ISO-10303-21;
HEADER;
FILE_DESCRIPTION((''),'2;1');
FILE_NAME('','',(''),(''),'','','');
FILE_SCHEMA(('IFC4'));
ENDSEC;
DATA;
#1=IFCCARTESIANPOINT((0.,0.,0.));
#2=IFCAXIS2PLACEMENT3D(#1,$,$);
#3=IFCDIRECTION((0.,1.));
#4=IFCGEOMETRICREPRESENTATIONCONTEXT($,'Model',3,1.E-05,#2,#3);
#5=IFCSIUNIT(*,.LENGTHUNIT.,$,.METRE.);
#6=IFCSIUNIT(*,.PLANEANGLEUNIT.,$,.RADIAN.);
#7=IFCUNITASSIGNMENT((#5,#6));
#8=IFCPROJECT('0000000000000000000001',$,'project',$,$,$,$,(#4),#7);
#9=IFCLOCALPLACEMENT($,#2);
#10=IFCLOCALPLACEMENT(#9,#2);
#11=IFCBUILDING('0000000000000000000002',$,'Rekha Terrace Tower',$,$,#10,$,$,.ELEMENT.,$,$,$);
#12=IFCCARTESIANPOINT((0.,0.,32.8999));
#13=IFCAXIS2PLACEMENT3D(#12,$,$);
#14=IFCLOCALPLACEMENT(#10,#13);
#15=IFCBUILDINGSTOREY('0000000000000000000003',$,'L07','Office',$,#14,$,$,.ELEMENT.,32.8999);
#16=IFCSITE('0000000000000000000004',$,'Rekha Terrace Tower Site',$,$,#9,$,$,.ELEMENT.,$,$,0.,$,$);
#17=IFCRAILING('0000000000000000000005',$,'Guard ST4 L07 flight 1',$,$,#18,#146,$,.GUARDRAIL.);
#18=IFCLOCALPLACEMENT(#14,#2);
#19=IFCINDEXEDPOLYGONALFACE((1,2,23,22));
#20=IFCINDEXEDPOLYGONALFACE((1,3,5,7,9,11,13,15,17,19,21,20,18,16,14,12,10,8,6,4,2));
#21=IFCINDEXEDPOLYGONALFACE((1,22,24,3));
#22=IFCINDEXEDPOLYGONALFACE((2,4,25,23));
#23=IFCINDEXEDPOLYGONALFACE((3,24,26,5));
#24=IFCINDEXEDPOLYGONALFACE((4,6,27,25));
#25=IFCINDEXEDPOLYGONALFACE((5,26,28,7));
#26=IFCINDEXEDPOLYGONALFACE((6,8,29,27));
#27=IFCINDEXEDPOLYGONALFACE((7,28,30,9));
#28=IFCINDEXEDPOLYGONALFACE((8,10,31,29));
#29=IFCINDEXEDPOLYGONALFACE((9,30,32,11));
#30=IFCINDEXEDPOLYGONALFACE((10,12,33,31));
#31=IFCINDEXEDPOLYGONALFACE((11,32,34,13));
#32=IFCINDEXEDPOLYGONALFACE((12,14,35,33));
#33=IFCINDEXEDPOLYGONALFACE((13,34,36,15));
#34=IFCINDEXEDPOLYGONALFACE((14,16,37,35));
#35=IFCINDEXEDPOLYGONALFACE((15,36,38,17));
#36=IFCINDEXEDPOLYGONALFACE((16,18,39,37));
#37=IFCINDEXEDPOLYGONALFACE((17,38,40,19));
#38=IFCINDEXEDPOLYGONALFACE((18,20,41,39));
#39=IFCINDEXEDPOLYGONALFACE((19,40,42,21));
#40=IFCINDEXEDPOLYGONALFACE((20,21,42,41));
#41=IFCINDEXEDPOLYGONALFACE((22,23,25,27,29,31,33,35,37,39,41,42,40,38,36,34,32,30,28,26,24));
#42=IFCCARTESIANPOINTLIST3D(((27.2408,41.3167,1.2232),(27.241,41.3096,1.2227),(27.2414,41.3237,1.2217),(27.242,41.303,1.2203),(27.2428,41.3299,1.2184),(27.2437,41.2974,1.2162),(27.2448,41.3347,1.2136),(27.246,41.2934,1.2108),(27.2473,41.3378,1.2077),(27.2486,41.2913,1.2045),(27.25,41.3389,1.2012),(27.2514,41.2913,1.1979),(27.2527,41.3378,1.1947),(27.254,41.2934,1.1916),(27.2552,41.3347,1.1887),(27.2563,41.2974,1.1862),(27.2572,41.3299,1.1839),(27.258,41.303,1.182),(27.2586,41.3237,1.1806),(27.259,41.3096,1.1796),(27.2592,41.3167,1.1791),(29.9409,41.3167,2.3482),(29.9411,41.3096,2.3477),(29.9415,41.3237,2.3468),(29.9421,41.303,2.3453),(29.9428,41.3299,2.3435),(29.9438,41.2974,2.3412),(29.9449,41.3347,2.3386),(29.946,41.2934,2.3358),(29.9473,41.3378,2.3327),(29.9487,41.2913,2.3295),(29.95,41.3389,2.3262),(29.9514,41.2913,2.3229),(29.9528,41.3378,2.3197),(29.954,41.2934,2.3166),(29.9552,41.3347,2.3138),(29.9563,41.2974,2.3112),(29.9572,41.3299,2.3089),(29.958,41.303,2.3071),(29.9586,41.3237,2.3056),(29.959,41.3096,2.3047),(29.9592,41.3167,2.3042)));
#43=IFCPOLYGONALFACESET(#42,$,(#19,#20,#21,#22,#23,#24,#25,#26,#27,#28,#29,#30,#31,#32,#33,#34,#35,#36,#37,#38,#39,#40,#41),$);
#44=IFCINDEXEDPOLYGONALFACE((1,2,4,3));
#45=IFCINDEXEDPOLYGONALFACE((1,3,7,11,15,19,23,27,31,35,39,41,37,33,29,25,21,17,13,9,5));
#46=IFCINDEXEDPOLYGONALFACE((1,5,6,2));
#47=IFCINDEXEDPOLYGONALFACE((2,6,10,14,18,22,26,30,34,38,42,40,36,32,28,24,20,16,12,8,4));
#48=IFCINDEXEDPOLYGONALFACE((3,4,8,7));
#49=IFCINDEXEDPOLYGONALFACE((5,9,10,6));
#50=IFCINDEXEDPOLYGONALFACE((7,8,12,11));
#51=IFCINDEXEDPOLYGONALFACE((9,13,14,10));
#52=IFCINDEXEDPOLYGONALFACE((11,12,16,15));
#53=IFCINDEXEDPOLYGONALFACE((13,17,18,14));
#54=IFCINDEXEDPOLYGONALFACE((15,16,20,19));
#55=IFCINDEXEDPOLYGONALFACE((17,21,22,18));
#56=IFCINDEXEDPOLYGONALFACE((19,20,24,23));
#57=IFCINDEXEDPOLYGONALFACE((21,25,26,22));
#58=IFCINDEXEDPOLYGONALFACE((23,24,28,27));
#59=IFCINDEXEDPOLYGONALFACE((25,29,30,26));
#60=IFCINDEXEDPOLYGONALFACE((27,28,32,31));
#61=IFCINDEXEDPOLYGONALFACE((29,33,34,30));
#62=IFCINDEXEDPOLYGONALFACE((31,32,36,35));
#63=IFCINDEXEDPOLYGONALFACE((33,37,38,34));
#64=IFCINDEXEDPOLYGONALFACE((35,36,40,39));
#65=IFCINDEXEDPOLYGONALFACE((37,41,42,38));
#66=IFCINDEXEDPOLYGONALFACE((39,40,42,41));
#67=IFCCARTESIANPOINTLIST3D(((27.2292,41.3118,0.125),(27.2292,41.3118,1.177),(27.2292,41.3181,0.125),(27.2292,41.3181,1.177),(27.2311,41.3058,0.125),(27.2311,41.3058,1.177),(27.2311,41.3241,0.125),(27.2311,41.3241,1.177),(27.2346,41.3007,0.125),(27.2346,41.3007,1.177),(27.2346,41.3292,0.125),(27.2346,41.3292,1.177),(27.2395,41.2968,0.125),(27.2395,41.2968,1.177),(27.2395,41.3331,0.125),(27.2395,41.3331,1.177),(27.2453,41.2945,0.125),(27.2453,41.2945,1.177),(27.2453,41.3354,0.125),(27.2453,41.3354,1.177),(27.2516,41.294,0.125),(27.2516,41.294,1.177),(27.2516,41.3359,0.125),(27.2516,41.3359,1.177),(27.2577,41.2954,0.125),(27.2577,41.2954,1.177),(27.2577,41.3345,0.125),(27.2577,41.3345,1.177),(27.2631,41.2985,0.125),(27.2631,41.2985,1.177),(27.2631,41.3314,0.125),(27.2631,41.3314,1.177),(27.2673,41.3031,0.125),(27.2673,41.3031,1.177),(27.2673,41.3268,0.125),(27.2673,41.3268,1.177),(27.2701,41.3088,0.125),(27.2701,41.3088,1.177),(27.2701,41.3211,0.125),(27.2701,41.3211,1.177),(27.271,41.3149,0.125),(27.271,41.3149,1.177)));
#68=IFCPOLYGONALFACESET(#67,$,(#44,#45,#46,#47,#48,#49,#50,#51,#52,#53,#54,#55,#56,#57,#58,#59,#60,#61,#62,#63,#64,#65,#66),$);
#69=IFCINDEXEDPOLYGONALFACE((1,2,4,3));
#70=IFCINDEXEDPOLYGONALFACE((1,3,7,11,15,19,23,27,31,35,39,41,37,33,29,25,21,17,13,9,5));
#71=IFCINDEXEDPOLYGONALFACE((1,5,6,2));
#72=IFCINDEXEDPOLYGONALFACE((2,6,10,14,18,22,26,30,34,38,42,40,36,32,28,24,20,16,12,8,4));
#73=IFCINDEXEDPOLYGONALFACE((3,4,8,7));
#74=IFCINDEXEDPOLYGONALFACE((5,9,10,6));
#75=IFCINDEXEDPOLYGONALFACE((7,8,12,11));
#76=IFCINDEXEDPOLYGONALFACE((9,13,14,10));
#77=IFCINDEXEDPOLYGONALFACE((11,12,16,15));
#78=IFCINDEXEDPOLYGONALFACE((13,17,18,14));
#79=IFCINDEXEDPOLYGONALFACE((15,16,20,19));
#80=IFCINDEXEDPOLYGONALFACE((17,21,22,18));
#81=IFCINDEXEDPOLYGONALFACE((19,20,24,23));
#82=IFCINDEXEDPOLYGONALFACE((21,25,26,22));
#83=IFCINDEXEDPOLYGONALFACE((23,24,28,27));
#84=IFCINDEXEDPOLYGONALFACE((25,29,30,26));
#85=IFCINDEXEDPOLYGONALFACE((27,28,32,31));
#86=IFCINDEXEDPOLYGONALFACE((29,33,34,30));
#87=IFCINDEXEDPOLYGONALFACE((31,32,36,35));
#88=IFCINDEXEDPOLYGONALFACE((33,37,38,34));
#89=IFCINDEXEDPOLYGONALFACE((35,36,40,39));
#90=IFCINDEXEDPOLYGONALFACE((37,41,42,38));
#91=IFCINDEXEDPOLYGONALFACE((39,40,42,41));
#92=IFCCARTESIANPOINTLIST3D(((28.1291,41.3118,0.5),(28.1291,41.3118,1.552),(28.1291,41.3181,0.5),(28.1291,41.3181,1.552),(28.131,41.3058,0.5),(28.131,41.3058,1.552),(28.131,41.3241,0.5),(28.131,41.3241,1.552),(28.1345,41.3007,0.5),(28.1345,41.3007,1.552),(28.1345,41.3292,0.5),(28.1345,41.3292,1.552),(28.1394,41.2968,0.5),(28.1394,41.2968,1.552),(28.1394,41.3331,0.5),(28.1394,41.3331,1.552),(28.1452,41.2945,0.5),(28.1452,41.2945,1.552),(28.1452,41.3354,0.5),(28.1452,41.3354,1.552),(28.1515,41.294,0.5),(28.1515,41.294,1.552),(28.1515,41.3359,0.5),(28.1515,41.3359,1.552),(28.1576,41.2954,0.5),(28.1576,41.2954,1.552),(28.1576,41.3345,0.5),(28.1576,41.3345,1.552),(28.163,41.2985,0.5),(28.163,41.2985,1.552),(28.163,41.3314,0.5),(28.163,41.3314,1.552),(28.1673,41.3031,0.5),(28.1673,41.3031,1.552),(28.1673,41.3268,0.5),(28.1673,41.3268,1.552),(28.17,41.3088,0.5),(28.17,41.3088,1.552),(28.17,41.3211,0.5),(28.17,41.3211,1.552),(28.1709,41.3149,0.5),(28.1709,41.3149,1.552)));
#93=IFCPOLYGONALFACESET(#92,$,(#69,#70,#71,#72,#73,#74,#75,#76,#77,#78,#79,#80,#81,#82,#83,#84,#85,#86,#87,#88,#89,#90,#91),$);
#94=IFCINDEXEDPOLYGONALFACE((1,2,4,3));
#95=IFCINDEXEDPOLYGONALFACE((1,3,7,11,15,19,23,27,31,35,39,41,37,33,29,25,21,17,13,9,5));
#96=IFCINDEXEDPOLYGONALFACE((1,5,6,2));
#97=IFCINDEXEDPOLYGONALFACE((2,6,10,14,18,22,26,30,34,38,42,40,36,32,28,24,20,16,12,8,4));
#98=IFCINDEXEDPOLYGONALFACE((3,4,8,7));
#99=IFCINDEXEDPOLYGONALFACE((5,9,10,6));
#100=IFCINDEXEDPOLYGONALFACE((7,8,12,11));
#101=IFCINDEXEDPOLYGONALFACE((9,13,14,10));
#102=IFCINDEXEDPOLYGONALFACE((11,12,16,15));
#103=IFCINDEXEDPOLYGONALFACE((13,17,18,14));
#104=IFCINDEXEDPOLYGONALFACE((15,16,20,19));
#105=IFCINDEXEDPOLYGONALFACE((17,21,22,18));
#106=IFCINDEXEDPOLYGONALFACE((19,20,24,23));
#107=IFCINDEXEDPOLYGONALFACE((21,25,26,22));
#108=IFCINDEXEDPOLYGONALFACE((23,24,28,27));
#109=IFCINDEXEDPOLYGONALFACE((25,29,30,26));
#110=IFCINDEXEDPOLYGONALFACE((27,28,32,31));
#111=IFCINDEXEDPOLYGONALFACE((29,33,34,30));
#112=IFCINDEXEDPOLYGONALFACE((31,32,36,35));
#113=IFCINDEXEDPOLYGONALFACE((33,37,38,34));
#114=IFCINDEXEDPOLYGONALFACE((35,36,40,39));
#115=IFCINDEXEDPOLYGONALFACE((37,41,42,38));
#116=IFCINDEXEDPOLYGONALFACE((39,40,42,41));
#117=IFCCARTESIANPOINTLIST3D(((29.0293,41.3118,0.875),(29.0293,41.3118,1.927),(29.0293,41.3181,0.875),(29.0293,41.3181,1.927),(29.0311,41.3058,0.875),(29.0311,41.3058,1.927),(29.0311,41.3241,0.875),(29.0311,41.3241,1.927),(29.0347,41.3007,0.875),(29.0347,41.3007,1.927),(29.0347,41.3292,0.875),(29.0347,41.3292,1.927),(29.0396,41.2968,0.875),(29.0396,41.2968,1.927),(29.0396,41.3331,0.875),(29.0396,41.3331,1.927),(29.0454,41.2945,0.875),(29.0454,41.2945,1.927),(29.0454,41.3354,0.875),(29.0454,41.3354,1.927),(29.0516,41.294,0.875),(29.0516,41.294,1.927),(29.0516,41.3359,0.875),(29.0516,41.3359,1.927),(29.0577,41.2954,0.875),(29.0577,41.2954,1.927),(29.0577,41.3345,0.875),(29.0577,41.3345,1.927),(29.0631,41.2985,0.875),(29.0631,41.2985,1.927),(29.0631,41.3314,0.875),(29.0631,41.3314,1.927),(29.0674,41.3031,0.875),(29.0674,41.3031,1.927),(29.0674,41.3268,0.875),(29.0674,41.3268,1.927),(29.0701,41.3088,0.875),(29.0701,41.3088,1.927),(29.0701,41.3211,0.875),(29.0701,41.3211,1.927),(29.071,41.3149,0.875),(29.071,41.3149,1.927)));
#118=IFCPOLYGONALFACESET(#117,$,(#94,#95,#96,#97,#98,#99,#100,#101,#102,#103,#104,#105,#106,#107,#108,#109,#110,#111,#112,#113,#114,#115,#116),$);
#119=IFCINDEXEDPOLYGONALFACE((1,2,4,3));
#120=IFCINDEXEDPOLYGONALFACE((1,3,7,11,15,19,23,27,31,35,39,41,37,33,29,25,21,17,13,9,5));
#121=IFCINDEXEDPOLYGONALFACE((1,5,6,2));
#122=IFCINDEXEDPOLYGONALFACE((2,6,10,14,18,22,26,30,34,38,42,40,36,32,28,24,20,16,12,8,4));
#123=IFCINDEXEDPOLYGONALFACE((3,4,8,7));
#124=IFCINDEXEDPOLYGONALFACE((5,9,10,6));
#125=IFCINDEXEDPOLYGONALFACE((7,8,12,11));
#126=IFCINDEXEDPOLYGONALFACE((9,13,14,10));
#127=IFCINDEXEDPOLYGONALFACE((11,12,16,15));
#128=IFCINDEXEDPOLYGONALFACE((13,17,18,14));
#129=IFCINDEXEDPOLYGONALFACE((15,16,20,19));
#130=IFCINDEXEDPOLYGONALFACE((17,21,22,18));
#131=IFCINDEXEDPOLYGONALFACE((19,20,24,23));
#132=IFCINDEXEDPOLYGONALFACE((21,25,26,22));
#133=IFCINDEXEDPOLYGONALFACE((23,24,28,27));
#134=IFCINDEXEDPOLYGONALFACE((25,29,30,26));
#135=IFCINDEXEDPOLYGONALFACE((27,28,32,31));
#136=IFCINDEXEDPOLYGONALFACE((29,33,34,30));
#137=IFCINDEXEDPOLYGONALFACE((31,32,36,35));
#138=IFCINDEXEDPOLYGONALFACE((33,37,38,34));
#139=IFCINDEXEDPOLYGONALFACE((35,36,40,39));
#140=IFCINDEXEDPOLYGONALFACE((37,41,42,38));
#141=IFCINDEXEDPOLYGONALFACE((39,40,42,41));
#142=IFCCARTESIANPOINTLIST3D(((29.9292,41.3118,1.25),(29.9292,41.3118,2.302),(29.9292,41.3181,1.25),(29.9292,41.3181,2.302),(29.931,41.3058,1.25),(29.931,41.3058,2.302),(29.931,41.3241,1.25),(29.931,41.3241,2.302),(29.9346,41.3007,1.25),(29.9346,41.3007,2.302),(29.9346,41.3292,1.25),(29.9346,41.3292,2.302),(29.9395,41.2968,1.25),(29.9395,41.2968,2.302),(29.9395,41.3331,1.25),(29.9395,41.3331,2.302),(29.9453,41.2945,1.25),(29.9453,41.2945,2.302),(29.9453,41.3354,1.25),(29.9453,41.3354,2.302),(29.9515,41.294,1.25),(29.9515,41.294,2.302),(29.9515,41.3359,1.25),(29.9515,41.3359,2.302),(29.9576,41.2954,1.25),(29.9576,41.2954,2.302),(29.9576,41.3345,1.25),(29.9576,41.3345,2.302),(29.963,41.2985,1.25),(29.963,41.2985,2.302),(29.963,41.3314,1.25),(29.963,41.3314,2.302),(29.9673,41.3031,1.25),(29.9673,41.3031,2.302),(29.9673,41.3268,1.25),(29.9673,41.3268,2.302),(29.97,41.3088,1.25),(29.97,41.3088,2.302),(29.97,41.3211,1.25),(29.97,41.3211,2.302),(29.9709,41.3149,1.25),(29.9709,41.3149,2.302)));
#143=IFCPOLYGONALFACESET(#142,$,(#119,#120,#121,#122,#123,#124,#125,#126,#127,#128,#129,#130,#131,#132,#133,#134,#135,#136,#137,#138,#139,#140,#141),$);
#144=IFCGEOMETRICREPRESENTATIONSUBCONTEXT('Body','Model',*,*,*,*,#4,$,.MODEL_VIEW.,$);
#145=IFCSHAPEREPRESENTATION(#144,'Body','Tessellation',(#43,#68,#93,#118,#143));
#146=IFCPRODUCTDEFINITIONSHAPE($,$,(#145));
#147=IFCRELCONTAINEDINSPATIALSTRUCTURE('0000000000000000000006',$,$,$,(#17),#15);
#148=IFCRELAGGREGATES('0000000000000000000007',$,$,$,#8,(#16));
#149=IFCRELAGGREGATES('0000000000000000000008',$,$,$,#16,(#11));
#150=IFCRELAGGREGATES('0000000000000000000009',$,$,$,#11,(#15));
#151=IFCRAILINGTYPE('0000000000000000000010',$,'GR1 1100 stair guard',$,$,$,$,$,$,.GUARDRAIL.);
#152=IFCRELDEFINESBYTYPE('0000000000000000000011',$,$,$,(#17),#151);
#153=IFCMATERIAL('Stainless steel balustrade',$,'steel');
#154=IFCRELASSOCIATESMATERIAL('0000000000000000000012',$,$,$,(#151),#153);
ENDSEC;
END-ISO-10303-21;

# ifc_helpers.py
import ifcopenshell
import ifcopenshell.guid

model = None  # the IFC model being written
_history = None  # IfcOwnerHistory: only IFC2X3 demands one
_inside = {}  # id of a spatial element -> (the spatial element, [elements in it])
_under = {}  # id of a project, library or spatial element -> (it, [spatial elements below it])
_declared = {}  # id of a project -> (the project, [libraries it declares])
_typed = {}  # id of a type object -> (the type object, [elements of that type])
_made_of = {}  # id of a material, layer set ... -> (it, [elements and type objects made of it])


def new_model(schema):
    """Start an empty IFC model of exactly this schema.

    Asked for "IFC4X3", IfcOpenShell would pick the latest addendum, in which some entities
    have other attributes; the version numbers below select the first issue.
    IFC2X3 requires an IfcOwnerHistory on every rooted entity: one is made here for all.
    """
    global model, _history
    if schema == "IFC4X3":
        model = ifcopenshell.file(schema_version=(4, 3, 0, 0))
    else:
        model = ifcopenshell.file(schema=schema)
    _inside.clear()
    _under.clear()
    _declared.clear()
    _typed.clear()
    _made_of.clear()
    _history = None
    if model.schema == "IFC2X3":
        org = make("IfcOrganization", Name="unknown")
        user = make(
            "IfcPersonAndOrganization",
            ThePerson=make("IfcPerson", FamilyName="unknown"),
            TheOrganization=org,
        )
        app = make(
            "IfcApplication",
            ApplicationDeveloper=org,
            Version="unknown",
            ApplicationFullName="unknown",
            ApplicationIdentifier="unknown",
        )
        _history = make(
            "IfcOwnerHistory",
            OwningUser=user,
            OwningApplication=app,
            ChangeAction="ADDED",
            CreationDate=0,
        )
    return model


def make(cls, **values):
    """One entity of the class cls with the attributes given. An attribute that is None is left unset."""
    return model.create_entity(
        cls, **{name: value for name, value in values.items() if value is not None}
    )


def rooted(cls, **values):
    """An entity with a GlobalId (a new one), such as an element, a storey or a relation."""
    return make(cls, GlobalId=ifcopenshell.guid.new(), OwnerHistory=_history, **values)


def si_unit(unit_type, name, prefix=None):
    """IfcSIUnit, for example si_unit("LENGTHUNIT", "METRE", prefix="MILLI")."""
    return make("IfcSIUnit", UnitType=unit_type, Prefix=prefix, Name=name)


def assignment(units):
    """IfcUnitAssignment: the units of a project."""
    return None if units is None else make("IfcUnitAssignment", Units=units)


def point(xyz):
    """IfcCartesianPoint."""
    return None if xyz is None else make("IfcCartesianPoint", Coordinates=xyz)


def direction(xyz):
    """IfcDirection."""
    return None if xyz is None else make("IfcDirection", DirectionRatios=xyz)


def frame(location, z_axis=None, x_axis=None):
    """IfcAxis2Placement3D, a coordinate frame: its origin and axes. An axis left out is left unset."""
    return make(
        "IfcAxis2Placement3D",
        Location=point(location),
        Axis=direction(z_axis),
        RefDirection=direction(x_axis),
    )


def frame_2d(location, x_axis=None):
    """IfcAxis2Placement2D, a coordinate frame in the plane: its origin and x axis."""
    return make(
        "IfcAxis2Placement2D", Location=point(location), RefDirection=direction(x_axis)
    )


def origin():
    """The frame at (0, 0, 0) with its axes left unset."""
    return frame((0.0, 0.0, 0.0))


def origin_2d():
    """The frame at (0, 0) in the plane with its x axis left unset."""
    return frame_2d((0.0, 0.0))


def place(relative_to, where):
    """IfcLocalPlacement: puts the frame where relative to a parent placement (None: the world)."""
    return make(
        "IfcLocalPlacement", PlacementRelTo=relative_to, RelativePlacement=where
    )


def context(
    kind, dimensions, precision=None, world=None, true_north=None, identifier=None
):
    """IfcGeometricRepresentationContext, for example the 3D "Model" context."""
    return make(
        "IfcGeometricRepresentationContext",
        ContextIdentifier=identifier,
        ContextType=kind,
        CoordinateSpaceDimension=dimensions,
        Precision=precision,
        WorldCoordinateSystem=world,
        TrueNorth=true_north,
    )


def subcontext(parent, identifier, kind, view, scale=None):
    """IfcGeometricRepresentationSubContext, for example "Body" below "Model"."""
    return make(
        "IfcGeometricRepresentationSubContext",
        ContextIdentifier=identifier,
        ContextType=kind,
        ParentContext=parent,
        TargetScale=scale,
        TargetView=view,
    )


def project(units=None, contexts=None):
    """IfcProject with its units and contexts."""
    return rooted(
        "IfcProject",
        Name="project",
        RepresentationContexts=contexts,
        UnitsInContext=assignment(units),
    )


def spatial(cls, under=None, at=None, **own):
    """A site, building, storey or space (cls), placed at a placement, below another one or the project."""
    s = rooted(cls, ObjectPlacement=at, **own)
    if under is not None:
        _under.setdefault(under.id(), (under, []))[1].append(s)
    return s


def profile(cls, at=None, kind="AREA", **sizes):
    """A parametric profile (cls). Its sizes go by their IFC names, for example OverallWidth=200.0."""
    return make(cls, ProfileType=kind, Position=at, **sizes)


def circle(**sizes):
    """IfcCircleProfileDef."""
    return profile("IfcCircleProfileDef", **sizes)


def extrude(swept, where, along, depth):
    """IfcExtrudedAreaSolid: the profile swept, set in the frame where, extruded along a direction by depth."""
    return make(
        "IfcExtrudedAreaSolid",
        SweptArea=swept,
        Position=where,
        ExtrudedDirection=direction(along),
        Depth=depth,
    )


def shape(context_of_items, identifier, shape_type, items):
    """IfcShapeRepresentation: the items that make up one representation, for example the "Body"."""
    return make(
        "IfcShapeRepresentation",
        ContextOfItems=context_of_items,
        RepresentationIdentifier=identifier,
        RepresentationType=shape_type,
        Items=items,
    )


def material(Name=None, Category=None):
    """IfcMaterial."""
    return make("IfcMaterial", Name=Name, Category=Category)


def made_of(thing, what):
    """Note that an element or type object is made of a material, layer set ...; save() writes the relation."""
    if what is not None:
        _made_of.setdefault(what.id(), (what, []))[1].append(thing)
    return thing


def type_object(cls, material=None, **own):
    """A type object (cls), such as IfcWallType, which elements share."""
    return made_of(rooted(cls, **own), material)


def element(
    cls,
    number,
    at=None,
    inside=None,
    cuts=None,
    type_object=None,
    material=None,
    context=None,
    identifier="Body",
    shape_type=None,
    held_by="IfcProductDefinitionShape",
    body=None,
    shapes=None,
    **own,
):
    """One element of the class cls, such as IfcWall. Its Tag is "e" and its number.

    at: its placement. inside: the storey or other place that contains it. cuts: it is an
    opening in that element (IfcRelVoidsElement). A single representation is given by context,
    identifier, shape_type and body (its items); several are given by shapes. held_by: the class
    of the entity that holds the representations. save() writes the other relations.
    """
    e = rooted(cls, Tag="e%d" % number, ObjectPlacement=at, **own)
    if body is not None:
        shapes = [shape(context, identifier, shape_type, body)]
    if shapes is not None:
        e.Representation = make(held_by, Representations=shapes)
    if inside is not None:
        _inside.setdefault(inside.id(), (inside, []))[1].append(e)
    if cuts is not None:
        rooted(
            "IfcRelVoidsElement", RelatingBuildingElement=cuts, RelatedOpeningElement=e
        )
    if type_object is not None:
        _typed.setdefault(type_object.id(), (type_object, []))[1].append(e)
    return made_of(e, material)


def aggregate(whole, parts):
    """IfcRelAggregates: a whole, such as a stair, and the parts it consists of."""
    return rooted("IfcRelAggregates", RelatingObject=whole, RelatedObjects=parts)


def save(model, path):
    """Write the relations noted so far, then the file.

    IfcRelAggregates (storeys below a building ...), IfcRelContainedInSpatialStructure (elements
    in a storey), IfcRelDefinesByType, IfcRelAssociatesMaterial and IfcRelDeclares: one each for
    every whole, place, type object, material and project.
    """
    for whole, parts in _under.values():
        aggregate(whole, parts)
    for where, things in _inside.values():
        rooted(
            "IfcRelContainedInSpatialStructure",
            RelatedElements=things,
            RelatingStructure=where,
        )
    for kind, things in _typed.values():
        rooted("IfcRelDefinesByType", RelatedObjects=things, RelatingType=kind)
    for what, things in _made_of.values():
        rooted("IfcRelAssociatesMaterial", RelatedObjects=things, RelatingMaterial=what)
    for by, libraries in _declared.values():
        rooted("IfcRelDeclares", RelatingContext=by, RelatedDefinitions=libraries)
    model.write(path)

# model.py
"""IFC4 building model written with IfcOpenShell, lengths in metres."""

from ifc_helpers import new_model, si_unit, direction, frame, origin, origin_2d, place, context, subcontext, project, spatial, circle, extrude, material, type_object, element, save


model = new_model("IFC4")

# Units and contexts
model_context = context("Model", 3, precision=1e-05, world=origin(), true_north=direction((0.0, 1.0)))
body_context = subcontext(model_context, "Body", "Model", "MODEL_VIEW")
ifc_project = project(units=[si_unit("LENGTHUNIT", "METRE"), si_unit("PLANEANGLEUNIT", "RADIAN")], contexts=[model_context])

# Site, building, storey
site_placement = place(None, origin())
site = spatial("IfcSite", under=ifc_project, at=site_placement, Name="Rekha Terrace Tower Site", CompositionType="ELEMENT", RefElevation=0.0)
building_placement = place(site_placement, origin())
building = spatial("IfcBuilding", under=site, at=building_placement, Name="Rekha Terrace Tower", CompositionType="ELEMENT")
storey_placement = place(building_placement, frame((0.0, 0.0, 32.8999)))
storey = spatial("IfcBuildingStorey", under=building, at=storey_placement, Name="L07", Description="Office", CompositionType="ELEMENT", Elevation=32.8999)

# Railing
ifc_material_1 = material(Name="Stainless steel balustrade", Category="steel")
railing_type_1 = type_object("IfcRailingType", Name="GR1 1100 stair guard", PredefinedType="GUARDRAIL", material=ifc_material_1)
railing_1_placement = place(storey_placement, frame((27.25, 41.3149, 0.125)))
element("IfcRailing", 1, at=railing_1_placement, inside=storey, type_object=railing_type_1, Name="Guard ST4 L07 flight 1", PredefinedType="GUARDRAIL", context=body_context, shape_type="SweptSolid", body=[
    extrude(circle(Radius=0.0239, at=origin_2d()), frame((0.0, 0.0, 1.0762), z_axis=(0.923074, 0.0, 0.384621), x_axis=(0.0, 1.0, 0.0)), (0.0, 0.0, 1.0), 2.925),
    extrude(circle(Radius=0.021, at=origin_2d()), origin(), (0.0, 0.0, 1.0), 1.052),
    extrude(circle(Radius=0.021, at=origin_2d()), frame((0.8999, 0.0, 0.375)), (0.0, 0.0, 1.0), 1.052),
    extrude(circle(Radius=0.021, at=origin_2d()), frame((1.8, 0.0, 0.75)), (0.0, 0.0, 1.0), 1.052),
    extrude(circle(Radius=0.021, at=origin_2d()), frame((2.7, 0.0, 1.125)), (0.0, 0.0, 1.0), 1.052),
])

save(model, "model.ifc")
